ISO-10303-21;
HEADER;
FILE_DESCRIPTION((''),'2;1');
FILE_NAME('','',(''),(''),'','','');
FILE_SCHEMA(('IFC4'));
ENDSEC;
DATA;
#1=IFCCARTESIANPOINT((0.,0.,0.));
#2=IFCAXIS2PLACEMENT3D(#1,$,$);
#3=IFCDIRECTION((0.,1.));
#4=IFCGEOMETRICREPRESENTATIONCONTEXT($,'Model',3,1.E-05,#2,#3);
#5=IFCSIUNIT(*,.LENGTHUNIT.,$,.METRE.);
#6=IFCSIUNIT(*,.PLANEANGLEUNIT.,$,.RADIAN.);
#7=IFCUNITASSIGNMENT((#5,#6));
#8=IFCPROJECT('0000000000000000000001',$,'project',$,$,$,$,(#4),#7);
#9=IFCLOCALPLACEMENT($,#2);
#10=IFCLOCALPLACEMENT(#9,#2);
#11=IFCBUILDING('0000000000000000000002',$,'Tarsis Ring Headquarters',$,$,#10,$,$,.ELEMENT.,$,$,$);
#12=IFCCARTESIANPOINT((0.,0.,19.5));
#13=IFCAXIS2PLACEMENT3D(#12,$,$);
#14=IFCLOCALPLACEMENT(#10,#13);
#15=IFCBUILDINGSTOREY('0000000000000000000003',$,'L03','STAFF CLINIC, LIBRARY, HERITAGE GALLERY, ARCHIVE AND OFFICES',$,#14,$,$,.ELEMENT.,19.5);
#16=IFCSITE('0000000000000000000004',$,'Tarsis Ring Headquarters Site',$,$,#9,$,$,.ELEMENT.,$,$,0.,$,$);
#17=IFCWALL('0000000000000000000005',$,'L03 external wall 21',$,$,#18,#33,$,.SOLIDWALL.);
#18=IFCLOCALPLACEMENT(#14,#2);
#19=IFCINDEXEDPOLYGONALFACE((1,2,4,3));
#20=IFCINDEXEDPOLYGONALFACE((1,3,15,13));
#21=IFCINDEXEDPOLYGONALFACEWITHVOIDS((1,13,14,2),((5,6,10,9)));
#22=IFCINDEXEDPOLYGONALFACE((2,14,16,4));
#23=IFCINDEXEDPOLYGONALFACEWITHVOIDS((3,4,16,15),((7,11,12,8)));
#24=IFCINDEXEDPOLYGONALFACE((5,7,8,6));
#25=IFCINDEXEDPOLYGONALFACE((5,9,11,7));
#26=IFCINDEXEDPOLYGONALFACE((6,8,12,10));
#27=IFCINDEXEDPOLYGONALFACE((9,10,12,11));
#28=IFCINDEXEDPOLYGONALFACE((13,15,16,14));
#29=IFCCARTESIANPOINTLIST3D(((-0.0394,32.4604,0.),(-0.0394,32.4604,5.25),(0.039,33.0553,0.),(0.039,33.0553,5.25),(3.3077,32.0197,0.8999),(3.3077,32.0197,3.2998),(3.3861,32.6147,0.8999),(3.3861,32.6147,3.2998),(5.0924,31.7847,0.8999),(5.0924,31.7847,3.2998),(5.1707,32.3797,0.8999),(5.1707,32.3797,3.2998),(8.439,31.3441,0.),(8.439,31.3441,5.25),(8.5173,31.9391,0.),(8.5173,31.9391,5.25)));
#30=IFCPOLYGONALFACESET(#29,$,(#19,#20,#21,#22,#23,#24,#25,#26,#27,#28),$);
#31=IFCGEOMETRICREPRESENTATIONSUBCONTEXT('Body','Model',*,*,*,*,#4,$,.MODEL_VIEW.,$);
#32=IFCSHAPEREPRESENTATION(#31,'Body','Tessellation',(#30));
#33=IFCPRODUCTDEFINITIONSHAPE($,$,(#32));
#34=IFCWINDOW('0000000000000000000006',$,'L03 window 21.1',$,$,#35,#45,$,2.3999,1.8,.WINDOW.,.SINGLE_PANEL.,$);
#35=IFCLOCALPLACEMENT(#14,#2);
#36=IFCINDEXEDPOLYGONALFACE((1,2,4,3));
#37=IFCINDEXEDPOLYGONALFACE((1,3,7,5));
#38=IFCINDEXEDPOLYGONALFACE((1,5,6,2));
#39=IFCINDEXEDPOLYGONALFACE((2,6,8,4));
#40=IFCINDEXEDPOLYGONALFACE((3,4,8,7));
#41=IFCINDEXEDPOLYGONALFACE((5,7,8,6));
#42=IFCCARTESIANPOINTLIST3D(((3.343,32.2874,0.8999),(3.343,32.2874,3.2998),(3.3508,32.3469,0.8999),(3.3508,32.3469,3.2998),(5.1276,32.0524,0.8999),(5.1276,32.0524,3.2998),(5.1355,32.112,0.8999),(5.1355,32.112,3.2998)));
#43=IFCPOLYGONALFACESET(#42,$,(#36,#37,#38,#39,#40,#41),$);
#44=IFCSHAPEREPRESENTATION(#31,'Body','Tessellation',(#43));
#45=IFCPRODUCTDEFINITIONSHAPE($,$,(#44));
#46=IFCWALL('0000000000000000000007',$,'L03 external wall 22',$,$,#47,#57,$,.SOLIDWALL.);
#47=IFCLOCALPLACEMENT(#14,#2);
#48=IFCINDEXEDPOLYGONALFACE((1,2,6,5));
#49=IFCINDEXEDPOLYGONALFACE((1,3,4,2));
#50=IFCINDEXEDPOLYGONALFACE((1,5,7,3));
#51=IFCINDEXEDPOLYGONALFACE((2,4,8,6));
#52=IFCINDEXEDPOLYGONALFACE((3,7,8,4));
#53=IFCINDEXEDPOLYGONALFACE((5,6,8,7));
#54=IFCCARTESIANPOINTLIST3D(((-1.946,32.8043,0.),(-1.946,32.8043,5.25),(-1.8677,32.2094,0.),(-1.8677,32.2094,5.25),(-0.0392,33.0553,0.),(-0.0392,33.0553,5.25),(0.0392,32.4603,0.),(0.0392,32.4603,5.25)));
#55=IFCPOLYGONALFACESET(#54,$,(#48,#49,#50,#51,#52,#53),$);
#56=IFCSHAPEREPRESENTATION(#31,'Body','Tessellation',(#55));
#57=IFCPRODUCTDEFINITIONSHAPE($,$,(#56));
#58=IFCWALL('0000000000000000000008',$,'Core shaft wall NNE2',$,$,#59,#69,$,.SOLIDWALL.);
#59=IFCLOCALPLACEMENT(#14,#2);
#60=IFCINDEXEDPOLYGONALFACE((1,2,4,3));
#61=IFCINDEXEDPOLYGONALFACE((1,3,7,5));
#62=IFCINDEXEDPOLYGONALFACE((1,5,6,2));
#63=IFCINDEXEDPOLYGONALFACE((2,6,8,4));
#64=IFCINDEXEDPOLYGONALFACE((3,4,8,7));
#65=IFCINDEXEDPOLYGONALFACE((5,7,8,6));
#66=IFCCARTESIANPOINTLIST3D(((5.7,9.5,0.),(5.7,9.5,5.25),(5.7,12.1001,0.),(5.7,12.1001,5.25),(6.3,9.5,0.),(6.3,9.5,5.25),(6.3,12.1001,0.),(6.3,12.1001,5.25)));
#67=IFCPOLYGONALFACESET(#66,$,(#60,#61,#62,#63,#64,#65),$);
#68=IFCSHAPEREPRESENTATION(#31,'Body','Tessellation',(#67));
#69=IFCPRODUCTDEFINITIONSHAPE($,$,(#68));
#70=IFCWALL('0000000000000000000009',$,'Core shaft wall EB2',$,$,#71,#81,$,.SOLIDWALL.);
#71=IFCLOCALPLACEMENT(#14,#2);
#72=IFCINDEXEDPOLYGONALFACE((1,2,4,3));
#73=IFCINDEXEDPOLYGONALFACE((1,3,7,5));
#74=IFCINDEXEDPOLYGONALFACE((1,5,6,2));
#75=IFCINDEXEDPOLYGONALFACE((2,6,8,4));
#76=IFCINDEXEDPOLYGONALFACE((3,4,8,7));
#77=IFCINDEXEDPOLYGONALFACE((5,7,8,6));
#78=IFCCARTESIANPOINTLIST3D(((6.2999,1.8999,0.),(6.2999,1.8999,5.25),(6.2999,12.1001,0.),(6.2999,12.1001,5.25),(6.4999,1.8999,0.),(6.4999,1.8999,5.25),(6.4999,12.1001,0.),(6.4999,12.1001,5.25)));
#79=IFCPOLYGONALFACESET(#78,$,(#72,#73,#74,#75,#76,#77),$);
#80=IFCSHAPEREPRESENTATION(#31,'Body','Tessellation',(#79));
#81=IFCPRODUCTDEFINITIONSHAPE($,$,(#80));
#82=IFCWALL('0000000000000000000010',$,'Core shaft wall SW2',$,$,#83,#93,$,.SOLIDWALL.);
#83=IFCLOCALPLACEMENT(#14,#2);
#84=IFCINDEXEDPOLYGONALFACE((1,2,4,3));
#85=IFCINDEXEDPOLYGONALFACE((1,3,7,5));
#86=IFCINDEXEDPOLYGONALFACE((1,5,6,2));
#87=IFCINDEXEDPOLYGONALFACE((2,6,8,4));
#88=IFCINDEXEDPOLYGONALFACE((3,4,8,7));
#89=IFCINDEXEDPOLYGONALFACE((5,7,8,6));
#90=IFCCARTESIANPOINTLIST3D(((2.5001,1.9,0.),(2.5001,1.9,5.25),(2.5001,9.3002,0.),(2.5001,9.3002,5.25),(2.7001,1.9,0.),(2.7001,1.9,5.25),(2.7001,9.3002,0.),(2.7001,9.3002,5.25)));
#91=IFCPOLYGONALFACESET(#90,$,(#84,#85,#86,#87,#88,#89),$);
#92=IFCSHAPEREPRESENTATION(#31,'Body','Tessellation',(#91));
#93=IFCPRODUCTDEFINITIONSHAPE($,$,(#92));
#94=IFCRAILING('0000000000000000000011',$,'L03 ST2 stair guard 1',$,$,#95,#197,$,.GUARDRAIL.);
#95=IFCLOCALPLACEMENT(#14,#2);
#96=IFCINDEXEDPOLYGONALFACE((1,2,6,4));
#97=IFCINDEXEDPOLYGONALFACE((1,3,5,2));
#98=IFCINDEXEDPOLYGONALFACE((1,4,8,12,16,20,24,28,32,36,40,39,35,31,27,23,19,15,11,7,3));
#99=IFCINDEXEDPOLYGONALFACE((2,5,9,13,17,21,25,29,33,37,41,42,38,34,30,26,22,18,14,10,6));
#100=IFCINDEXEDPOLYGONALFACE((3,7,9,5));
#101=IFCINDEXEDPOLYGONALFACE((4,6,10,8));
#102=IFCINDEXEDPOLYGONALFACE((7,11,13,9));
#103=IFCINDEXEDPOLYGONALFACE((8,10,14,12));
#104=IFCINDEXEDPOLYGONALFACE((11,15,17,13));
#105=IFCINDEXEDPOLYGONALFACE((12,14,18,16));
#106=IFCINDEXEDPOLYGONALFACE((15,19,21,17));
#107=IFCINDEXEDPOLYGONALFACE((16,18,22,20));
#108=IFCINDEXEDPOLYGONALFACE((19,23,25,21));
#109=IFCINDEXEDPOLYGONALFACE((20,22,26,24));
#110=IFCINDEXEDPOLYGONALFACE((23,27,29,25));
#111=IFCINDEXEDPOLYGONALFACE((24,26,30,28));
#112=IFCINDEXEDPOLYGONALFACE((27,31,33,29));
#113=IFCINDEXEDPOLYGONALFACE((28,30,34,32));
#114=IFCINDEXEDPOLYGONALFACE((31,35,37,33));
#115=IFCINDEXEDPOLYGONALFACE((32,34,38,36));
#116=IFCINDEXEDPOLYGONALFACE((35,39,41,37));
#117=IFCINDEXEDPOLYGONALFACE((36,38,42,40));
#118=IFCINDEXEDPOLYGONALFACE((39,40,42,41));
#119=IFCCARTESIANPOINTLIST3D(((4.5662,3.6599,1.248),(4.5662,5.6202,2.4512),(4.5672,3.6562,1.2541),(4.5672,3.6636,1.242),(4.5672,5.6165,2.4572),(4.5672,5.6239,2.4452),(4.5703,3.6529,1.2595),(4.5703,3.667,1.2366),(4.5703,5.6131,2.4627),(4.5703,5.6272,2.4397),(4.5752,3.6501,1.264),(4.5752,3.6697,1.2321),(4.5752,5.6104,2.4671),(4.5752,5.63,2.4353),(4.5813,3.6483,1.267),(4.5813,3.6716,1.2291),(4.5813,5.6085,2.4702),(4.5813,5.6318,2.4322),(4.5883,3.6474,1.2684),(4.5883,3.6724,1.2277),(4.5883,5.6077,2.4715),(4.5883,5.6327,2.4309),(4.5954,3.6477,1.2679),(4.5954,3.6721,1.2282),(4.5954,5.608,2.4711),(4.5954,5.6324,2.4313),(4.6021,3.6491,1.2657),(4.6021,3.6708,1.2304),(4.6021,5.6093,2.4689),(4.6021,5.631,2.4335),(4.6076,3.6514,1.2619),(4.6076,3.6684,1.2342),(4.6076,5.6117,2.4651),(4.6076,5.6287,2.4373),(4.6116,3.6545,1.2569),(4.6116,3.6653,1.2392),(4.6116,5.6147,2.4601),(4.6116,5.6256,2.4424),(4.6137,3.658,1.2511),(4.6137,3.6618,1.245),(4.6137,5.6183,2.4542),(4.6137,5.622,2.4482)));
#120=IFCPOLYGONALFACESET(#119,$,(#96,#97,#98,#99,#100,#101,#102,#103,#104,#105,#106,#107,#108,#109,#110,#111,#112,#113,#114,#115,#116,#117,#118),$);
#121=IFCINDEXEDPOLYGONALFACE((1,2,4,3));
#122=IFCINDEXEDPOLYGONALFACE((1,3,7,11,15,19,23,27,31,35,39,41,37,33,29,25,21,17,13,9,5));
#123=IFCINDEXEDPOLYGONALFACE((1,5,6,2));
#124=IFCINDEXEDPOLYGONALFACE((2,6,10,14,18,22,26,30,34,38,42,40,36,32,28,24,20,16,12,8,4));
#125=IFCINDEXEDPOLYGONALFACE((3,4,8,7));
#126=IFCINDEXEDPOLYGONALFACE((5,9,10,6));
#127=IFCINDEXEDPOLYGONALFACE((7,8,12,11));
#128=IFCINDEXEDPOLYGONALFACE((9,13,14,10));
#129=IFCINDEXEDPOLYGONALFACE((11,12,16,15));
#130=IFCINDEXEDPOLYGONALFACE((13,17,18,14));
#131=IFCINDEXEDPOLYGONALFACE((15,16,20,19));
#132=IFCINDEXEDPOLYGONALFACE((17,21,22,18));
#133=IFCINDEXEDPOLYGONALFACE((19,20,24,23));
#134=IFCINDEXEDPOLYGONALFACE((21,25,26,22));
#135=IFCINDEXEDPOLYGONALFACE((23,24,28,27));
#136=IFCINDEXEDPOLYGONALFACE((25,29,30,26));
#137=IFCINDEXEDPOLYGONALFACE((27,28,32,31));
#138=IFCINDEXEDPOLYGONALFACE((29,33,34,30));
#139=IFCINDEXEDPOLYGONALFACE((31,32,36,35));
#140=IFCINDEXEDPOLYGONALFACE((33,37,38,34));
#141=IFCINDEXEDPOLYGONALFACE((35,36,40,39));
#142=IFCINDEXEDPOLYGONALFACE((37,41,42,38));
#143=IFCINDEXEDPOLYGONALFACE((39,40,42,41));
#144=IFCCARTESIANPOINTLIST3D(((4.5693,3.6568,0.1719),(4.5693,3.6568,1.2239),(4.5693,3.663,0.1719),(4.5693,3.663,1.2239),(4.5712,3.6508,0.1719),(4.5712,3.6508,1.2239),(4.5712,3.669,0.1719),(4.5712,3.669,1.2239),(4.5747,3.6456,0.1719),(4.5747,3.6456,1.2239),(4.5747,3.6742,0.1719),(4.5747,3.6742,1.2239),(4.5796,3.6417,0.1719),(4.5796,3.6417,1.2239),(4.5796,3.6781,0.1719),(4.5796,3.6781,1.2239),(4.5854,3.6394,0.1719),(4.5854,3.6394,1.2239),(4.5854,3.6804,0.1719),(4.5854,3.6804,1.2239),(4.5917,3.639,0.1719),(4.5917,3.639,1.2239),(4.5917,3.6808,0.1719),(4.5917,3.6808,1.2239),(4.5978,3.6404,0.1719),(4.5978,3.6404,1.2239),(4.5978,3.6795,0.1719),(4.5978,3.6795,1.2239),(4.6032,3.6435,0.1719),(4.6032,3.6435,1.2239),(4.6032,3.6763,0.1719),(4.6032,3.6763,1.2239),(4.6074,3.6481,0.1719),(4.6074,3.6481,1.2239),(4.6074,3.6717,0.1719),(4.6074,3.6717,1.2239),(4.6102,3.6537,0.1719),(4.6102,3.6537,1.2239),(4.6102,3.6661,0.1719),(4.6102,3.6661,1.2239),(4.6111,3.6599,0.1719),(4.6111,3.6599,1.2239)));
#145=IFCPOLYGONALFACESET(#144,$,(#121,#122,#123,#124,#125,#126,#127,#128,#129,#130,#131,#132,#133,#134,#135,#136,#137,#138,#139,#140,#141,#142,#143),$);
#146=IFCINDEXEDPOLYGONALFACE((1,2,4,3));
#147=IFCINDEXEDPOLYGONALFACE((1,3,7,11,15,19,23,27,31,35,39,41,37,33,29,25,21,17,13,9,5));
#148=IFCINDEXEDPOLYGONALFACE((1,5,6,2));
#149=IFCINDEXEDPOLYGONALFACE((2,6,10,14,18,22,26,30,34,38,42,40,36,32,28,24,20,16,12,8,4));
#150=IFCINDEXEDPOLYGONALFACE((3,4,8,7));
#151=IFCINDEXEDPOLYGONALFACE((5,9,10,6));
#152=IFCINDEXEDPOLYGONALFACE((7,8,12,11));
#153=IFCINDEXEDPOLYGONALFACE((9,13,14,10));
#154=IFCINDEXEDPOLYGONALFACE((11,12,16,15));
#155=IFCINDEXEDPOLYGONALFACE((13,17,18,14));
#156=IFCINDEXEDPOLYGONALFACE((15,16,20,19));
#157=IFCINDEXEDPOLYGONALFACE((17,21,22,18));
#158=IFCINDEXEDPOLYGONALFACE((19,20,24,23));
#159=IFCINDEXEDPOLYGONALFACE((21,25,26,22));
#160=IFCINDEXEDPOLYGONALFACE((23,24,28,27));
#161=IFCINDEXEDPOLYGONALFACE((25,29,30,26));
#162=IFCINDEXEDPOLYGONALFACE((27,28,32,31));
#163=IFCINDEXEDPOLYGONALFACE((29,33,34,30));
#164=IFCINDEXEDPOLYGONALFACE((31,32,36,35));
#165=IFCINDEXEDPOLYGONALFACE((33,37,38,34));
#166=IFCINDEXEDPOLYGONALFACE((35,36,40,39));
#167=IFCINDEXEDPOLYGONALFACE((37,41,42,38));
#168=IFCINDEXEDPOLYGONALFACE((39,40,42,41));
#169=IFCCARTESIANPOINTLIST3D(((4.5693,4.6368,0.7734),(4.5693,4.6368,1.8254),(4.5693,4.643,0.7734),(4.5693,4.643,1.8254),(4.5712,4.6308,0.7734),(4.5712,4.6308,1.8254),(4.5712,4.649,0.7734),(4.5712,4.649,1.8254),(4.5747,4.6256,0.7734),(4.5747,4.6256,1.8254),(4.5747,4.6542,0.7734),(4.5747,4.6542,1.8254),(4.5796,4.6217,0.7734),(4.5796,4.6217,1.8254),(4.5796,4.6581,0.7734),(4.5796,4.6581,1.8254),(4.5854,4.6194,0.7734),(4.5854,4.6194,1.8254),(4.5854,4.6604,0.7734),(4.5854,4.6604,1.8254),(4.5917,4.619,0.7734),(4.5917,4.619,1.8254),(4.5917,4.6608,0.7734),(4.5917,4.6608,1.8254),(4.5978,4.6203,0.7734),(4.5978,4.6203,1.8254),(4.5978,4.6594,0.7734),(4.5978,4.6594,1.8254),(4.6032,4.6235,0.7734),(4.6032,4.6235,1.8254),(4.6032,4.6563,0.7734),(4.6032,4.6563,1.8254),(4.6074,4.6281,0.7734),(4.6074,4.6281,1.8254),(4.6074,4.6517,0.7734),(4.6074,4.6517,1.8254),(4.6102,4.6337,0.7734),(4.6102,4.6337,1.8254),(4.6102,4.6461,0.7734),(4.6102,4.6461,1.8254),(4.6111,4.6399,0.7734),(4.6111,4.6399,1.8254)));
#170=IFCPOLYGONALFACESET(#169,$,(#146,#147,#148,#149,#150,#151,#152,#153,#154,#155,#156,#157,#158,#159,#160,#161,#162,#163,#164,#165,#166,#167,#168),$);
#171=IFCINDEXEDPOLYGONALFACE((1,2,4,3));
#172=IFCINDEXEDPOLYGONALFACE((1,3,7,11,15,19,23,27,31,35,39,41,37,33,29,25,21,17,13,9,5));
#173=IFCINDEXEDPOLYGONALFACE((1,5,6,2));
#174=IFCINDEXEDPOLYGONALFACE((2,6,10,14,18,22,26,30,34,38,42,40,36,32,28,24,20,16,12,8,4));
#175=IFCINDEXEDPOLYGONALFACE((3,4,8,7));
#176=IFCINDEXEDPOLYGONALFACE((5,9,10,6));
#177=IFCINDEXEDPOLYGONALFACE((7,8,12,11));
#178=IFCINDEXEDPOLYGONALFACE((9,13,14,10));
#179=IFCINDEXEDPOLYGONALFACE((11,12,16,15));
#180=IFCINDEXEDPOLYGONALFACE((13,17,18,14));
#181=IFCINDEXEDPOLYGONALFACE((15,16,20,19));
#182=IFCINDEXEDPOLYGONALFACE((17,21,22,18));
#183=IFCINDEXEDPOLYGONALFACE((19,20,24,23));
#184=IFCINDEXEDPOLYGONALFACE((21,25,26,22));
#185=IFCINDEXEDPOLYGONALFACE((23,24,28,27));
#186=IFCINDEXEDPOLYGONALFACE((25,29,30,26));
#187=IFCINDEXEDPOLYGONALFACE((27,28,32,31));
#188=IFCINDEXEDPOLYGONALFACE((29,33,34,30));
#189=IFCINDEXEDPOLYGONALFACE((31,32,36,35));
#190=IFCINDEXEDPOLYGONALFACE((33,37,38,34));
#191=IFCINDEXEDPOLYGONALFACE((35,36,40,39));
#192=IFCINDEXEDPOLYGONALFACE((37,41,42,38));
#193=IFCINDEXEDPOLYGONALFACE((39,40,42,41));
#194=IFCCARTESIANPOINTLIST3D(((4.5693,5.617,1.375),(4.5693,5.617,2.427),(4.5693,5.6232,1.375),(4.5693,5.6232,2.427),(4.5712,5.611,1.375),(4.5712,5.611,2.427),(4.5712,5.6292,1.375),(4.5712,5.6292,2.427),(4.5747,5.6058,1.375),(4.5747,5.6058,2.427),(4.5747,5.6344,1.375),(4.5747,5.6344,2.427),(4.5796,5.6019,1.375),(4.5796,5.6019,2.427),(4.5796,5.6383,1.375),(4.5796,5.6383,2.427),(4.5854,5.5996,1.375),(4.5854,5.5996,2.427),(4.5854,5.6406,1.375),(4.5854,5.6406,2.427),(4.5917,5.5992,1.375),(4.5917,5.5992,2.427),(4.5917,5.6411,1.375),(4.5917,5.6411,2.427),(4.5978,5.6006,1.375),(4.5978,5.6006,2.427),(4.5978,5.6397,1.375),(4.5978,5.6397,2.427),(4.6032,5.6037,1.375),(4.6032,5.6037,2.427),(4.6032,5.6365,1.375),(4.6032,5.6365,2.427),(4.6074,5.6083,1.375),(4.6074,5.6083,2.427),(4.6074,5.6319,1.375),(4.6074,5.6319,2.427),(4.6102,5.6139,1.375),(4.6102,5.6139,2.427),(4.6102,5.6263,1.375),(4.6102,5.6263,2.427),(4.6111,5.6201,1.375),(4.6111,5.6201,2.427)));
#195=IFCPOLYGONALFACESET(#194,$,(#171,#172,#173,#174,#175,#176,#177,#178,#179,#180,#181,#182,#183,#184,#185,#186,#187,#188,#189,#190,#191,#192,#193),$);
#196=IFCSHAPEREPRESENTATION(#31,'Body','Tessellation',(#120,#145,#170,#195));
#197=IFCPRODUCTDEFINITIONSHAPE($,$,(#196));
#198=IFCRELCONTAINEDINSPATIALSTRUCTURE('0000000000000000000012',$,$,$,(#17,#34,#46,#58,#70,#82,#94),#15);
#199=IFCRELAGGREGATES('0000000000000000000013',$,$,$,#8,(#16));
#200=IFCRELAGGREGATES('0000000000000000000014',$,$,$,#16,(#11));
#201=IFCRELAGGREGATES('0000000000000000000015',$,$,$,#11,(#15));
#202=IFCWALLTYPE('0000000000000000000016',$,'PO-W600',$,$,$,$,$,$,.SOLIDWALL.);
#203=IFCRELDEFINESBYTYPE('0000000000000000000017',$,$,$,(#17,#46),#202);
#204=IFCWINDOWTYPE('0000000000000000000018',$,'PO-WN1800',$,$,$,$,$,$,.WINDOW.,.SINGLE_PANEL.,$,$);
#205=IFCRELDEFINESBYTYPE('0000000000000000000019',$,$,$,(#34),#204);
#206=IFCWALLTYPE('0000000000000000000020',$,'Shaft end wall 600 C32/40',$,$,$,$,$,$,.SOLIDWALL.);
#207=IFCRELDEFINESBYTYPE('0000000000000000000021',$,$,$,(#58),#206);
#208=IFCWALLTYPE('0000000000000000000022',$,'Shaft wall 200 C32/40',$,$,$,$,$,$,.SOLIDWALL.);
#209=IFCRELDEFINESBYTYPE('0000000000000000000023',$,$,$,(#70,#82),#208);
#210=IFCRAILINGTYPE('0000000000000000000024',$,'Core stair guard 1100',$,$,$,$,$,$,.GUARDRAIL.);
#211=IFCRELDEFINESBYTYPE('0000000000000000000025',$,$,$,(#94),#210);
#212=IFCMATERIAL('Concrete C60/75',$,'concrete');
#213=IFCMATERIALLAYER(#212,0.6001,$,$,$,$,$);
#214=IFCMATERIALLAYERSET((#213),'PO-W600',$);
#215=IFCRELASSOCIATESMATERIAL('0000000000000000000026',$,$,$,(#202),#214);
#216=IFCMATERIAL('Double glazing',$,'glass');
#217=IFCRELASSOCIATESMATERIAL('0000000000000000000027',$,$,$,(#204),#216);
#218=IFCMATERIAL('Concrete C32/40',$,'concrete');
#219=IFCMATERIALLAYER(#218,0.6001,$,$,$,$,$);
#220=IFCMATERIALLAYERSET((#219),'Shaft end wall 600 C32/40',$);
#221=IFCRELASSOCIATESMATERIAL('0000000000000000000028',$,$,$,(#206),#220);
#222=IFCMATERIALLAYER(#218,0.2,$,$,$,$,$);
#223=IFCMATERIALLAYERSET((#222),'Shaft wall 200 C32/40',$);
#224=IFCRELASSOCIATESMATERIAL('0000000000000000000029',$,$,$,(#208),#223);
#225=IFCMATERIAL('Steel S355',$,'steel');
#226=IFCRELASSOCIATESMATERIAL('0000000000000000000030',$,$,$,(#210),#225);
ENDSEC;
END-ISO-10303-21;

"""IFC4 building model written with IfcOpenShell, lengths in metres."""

from ifc_helpers import new_model, si_unit, direction, frame, frame_2d, origin, origin_2d, place, context, subcontext, project, spatial, rectangle, circle, extrude, material, layer, layer_set, type_object, element, fill, save


model = new_model("IFC4")

# Units and contexts
model_context = context("Model", 3, precision=1e-05, world=origin(), true_north=direction((0.0, 1.0)))
body_context = subcontext(model_context, "Body", "Model", "MODEL_VIEW")
ifc_project = project(units=[si_unit("LENGTHUNIT", "METRE"), si_unit("PLANEANGLEUNIT", "RADIAN")], contexts=[model_context])

# Site, building, storey
site_placement = place(None, origin())
site = spatial("IfcSite", under=ifc_project, at=site_placement, Name="Tarsis Ring Headquarters Site", CompositionType="ELEMENT", RefElevation=0.0)
building_placement = place(site_placement, origin())
building = spatial("IfcBuilding", under=site, at=building_placement, Name="Tarsis Ring Headquarters", CompositionType="ELEMENT")
storey_placement = place(building_placement, frame((0.0, 0.0, 19.5)))
storey = spatial("IfcBuildingStorey", under=building, at=storey_placement, Name="L03", Description="STAFF CLINIC, LIBRARY, HERITAGE GALLERY, ARCHIVE AND OFFICES", CompositionType="ELEMENT", Elevation=19.5)

# Shared definitions
ifc_material_1 = material(Name="Concrete C60/75", Category="concrete")

# Wall, opening, window
ifc_layer_1 = layer(ifc_material_1, 0.6001)
ifc_layer_set_1 = layer_set([ifc_layer_1], Name="PO-W600")
wall_type_1 = type_object("IfcWallType", Name="PO-W600", PredefinedType="SOLIDWALL", material=ifc_layer_set_1)
wall_1_placement = place(storey_placement, frame((8.4783, 31.6416, 0.0), z_axis=(0.0, 0.0, 1.0), x_axis=(-0.991444, 0.130529, 0.0)))
wall_1 = element("IfcWall", 1, at=wall_1_placement, inside=storey, type_object=wall_type_1, Name="L03 external wall 21", PredefinedType="SOLIDWALL", context=body_context, shape_type="SweptSolid", body=[
    extrude(rectangle(XDim=8.5515, YDim=0.6001, at=frame_2d((4.2759, 0.0))), origin(), (0.0, 0.0, 1.0), 5.25),
])
opening_1_placement = place(wall_1_placement, frame((3.3757, 0.0, 0.8999)))
opening_1 = element("IfcOpeningElement", 2, at=opening_1_placement, cuts=wall_1, PredefinedType="OPENING", context=body_context, shape_type="SweptSolid", body=[
    extrude(rectangle(XDim=1.8, YDim=2.3999, at=frame_2d((0.8999, 1.2))), frame((0.0, 0.3101, 0.0), z_axis=(0.0, -1.0, 0.0), x_axis=(1.0, 0.0, 0.0)), (0.0, 0.0, 1.0), 0.6201),
])
ifc_material_2 = material(Name="Double glazing", Category="glass")
window_type = type_object("IfcWindowType", Name="PO-WN1800", PartitioningType="SINGLE_PANEL", PredefinedType="WINDOW", material=ifc_material_2)
window_placement = place(opening_1_placement, origin())
window = element("IfcWindow", 3, at=window_placement, inside=storey, type_object=window_type, Name="L03 window 21.1", OverallHeight=2.3999, OverallWidth=1.8, PartitioningType="SINGLE_PANEL", PredefinedType="WINDOW", context=body_context, shape_type="SweptSolid", body=[
    extrude(rectangle(XDim=1.8, YDim=2.3999, at=frame_2d((0.8999, 1.2))), frame((0.0, 0.03, 0.0), z_axis=(0.0, -1.0, 0.0), x_axis=(1.0, 0.0, 0.0)), (0.0, 0.0, 1.0), 0.0601),
])
fill(opening_1, window)

# Walls
wall_2_placement = place(storey_placement, frame((0.0, 32.7578, 0.0), z_axis=(0.0, 0.0, 1.0), x_axis=(-0.99145, -0.130484, 0.0)))
element("IfcWall", 4, at=wall_2_placement, inside=storey, type_object=wall_type_1, Name="L03 external wall 22", PredefinedType="SOLIDWALL", context=body_context, shape_type="SweptSolid", body=[
    extrude(rectangle(XDim=1.9233, YDim=0.6001, at=frame_2d((0.9617, 0.0))), origin(), (0.0, 0.0, 1.0), 5.25),
])
ifc_material_3 = material(Name="Concrete C32/40", Category="concrete")
ifc_layer_2 = layer(ifc_material_3, 0.6001)
ifc_layer_set_2 = layer_set([ifc_layer_2], Name="Shaft end wall 600 C32/40")
wall_type_2 = type_object("IfcWallType", Name="Shaft end wall 600 C32/40", PredefinedType="SOLIDWALL", material=ifc_layer_set_2)
wall_3_placement = place(storey_placement, frame((6.0, 9.5, 0.0), z_axis=(0.0, 0.0, 1.0), x_axis=(0.0, 1.0, 0.0)))
element("IfcWall", 5, at=wall_3_placement, inside=storey, type_object=wall_type_2, Name="Core shaft wall NNE2", PredefinedType="SOLIDWALL", context=body_context, shape_type="SweptSolid", body=[
    extrude(rectangle(XDim=2.6001, YDim=0.6001, at=frame_2d((1.3, 0.0))), origin(), (0.0, 0.0, 1.0), 5.25),
])
ifc_layer_3 = layer(ifc_material_3, 0.2)
ifc_layer_set_3 = layer_set([ifc_layer_3], Name="Shaft wall 200 C32/40")
wall_type_3 = type_object("IfcWallType", Name="Shaft wall 200 C32/40", PredefinedType="SOLIDWALL", material=ifc_layer_set_3)
wall_4_placement = place(storey_placement, frame((6.3999, 1.8999, 0.0), z_axis=(0.0, 0.0, 1.0), x_axis=(0.0, 1.0, 0.0)))
element("IfcWall", 6, at=wall_4_placement, inside=storey, type_object=wall_type_3, Name="Core shaft wall EB2", PredefinedType="SOLIDWALL", context=body_context, shape_type="SweptSolid", body=[
    extrude(rectangle(XDim=10.2002, YDim=0.2, at=frame_2d((5.1001, 0.0))), origin(), (0.0, 0.0, 1.0), 5.25),
])
wall_5_placement = place(storey_placement, frame((2.6001, 1.8999, 0.0), z_axis=(0.0, 0.0, 1.0), x_axis=(0.0, 1.0, 0.0)))
element("IfcWall", 7, at=wall_5_placement, inside=storey, type_object=wall_type_3, Name="Core shaft wall SW2", PredefinedType="SOLIDWALL", context=body_context, shape_type="SweptSolid", body=[
    extrude(rectangle(XDim=7.4001, YDim=0.2, at=frame_2d((3.7002, 0.0))), origin(), (0.0, 0.0, 1.0), 5.25),
])

# Railing
ifc_material_4 = material(Name="Steel S355", Category="steel")
railing_type_1 = type_object("IfcRailingType", Name="Core stair guard 1100", PredefinedType="GUARDRAIL", material=ifc_material_4)
railing_1_placement = place(storey_placement, frame((4.5901, 3.6599, 0.1719)))
element("IfcRailing", 8, at=railing_1_placement, inside=storey, type_object=railing_type_1, Name="L03 ST2 stair guard 1", PredefinedType="GUARDRAIL", context=body_context, shape_type="SweptSolid", body=[
    extrude(circle(Radius=0.0239, at=origin_2d()), frame((0.0, 0.0, 1.0762), z_axis=(0.0, 0.85227, 0.523102), x_axis=(-1.0, 0.0, 0.0)), (0.0, 0.0, 1.0), 2.3),
    extrude(circle(Radius=0.021, at=origin_2d()), origin(), (0.0, 0.0, 1.0), 1.052),
    extrude(circle(Radius=0.021, at=origin_2d()), frame((0.0, 0.98, 0.6016)), (0.0, 0.0, 1.0), 1.052),
    extrude(circle(Radius=0.021, at=origin_2d()), frame((0.0, 1.9602, 1.2031)), (0.0, 0.0, 1.0), 1.052),
])

save(model, "model.ifc")
